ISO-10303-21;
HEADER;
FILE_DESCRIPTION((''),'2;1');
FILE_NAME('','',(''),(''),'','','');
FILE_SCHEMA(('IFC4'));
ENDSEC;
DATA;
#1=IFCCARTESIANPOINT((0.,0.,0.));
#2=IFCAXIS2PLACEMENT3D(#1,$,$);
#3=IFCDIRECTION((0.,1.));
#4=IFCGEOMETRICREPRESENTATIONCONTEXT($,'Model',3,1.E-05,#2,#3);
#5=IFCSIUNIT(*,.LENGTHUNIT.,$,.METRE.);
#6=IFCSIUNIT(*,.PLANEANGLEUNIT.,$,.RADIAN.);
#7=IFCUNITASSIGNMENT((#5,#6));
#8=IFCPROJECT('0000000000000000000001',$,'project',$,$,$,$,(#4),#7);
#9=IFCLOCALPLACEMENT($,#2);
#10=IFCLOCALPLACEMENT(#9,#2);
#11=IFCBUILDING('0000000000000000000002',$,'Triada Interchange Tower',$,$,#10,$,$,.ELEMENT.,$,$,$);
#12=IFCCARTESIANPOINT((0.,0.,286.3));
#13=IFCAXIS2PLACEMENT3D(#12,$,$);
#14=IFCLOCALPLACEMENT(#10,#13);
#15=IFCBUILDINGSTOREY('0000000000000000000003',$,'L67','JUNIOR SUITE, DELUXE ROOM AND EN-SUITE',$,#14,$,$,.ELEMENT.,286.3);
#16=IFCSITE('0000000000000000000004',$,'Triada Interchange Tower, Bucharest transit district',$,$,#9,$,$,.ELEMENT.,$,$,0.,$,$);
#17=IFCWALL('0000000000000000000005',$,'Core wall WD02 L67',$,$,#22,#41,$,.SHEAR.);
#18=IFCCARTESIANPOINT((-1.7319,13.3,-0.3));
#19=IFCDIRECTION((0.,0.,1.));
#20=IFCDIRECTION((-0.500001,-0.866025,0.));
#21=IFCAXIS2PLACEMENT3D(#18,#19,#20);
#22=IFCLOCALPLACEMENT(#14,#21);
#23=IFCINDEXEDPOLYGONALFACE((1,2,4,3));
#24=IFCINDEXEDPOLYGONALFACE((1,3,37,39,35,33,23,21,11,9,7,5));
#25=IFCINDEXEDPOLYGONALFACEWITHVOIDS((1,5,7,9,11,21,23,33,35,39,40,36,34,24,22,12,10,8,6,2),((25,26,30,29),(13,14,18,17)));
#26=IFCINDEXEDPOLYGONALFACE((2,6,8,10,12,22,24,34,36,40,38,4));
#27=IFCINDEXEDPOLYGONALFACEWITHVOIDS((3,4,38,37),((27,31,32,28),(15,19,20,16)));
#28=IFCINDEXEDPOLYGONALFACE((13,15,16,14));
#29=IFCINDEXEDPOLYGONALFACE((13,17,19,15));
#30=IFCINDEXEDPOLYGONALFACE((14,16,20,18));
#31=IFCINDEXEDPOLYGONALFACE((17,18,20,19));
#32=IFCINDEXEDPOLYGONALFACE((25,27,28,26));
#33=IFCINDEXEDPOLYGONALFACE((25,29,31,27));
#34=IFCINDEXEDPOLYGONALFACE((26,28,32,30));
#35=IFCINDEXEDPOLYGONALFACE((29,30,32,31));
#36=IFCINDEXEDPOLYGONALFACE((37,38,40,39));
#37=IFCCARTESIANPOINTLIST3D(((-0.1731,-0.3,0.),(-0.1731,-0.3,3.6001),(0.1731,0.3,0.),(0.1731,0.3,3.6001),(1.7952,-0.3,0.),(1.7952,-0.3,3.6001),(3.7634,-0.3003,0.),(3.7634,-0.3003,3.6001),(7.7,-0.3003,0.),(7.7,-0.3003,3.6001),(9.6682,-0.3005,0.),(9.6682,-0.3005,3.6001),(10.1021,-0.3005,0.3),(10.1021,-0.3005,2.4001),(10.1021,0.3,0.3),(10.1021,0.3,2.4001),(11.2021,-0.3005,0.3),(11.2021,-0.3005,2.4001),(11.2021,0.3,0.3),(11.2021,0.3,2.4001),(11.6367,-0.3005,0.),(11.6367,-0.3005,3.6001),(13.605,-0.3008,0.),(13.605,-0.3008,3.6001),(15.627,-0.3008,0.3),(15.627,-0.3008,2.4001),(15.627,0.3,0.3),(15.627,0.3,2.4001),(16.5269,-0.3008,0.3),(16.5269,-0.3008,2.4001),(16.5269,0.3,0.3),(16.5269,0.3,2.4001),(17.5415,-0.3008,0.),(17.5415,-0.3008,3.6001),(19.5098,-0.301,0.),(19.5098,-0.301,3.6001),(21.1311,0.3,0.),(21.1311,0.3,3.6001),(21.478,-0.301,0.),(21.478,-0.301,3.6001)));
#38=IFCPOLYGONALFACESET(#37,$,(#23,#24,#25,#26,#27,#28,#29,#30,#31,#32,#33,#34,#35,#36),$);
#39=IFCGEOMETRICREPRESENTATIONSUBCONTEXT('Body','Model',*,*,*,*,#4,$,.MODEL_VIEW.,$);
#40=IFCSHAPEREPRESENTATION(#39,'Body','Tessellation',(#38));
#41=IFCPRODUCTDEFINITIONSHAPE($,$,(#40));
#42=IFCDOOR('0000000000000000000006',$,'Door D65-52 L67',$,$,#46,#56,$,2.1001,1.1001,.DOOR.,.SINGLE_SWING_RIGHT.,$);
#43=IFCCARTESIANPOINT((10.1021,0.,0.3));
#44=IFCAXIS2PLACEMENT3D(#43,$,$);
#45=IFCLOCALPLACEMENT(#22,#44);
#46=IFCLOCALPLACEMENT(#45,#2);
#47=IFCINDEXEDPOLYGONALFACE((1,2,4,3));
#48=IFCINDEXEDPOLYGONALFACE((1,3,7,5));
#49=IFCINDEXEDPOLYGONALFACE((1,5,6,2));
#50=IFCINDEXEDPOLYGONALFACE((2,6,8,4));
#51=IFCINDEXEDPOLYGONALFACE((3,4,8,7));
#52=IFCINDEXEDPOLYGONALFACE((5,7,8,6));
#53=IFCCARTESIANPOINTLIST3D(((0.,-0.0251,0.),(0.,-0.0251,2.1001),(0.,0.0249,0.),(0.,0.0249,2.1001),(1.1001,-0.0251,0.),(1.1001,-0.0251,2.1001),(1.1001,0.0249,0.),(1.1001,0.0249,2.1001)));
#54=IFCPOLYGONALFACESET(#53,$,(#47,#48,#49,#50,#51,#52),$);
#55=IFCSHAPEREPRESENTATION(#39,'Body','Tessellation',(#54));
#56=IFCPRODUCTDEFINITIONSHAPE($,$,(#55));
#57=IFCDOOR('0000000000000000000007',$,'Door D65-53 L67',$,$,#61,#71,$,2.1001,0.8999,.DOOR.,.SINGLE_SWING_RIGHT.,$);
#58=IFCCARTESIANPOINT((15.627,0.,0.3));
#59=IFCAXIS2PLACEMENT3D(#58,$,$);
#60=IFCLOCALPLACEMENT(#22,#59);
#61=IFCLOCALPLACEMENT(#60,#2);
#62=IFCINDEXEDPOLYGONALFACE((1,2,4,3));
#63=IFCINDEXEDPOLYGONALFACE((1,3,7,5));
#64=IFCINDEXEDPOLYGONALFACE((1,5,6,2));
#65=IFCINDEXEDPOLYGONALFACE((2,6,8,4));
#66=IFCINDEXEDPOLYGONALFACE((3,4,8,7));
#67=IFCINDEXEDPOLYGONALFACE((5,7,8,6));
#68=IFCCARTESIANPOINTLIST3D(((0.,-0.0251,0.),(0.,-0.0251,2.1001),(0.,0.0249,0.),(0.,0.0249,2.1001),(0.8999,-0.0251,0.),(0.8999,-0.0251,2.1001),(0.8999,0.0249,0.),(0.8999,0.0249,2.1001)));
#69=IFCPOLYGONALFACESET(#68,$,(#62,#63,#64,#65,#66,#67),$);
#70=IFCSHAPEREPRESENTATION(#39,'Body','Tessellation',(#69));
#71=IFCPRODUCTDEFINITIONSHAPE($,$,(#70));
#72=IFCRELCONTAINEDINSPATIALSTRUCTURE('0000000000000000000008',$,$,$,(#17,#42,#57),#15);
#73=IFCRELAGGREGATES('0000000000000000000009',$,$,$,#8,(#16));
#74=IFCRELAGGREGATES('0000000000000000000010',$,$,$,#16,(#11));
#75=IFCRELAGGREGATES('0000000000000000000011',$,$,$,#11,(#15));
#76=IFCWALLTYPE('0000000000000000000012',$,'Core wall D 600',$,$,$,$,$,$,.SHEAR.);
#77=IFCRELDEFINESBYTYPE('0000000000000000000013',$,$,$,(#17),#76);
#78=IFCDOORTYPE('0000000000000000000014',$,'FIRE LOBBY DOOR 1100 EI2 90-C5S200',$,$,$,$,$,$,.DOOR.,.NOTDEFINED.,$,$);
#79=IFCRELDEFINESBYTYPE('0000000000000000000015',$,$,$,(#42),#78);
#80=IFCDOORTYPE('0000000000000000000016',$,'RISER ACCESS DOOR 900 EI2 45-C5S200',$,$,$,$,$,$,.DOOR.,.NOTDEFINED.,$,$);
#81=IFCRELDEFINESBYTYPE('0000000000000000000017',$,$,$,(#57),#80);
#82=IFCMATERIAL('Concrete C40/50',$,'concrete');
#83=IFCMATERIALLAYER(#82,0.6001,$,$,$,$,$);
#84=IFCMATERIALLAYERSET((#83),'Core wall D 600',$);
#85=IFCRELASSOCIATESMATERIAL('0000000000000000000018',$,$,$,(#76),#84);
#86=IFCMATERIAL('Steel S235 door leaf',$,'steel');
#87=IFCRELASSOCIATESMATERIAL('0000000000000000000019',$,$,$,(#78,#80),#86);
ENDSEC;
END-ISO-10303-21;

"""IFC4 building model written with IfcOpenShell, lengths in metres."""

from ifc_helpers import new_model, si_unit, direction, frame, frame_2d, origin, place, context, subcontext, project, spatial, polyline, rectangle, outline, extrude, material, layer, layer_set, type_object, element, fill, save


model = new_model("IFC4")

# Units and contexts
model_context = context("Model", 3, precision=1e-05, world=origin(), true_north=direction((0.0, 1.0)))
body_context = subcontext(model_context, "Body", "Model", "MODEL_VIEW")
ifc_project = project(units=[si_unit("LENGTHUNIT", "METRE"), si_unit("PLANEANGLEUNIT", "RADIAN")], contexts=[model_context])

# Site, building, storey
site_placement = place(None, origin())
site = spatial("IfcSite", under=ifc_project, at=site_placement, Name="Triada Interchange Tower, Bucharest transit district", CompositionType="ELEMENT", RefElevation=0.0)
building_placement = place(site_placement, origin())
building = spatial("IfcBuilding", under=site, at=building_placement, Name="Triada Interchange Tower", CompositionType="ELEMENT")
storey_placement = place(building_placement, frame((0.0, 0.0, 286.3)))
storey = spatial("IfcBuildingStorey", under=building, at=storey_placement, Name="L67", Description="JUNIOR SUITE, DELUXE ROOM AND EN-SUITE", CompositionType="ELEMENT", Elevation=286.3)

# Shared definitions
ifc_material_1 = material(Name="Concrete C40/50", Category="concrete")

# Wall, openings, doors
ifc_layer_1 = layer(ifc_material_1, 0.6001)
ifc_layer_set_1 = layer_set([ifc_layer_1], Name="Core wall D 600")
wall_type_1 = type_object("IfcWallType", Name="Core wall D 600", PredefinedType="SHEAR", material=ifc_layer_set_1)
wall_1_placement = place(storey_placement, frame((-1.7319, 13.3, -0.3), z_axis=(0.0, 0.0, 1.0), x_axis=(-0.500001, -0.866025, 0.0)))
wall_1 = element("IfcWall", 1, at=wall_1_placement, inside=storey, type_object=wall_type_1, Name="Core wall WD02 L67", PredefinedType="SHEAR", context=body_context, shape_type="SweptSolid", body=[
    extrude(outline(polyline([(-0.1731, -0.3), (1.7952, -0.3), (3.7634, -0.3003), (5.7317, -0.3003), (7.7, -0.3003), (9.6682, -0.3005), (11.6367, -0.3005), (13.605, -0.3008), (15.5732, -0.3008), (17.5415, -0.3008), (19.5098, -0.301), (21.478, -0.301), (21.1311, 0.3), (19.2258, 0.3), (17.3206, 0.3), (15.4153, 0.3), (13.51, 0.3), (11.6047, 0.3), (9.6995, 0.3), (7.7942, 0.3), (5.8889, 0.3), (3.9836, 0.3), (2.0784, 0.3), (0.1731, 0.3), (-0.1731, -0.3)])), origin(), (0.0, 0.0, 1.0), 3.6001),
])
opening_1_placement = place(wall_1_placement, frame((10.1021, 0.0, 0.3)))
opening_1 = element("IfcOpeningElement", 2, at=opening_1_placement, cuts=wall_1, PredefinedType="OPENING", context=body_context, shape_type="SweptSolid", body=[
    extrude(rectangle(XDim=1.1001, YDim=2.1001, at=frame_2d((0.55, 1.05))), frame((0.0, 0.3101, 0.0), z_axis=(0.0, -1.0, 0.0), x_axis=(1.0, 0.0, 0.0)), (0.0, 0.0, 1.0), 0.6211),
])
opening_2_placement = place(wall_1_placement, frame((15.627, 0.0, 0.3)))
opening_2 = element("IfcOpeningElement", 3, at=opening_2_placement, cuts=wall_1, PredefinedType="OPENING", context=body_context, shape_type="SweptSolid", body=[
    extrude(rectangle(XDim=0.8999, YDim=2.1001, at=frame_2d((0.45, 1.05))), frame((0.0, 0.3101, 0.0), z_axis=(0.0, -1.0, 0.0), x_axis=(1.0, 0.0, 0.0)), (0.0, 0.0, 1.0), 0.6211),
])
ifc_material_2 = material(Name="Steel S235 door leaf", Category="steel")
door_type_1 = type_object("IfcDoorType", Name="FIRE LOBBY DOOR 1100 EI2 90-C5S200", OperationType="NOTDEFINED", PredefinedType="DOOR", material=ifc_material_2)
door_1_placement = place(opening_1_placement, origin())
door_1 = element("IfcDoor", 4, at=door_1_placement, inside=storey, type_object=door_type_1, Name="Door D65-52 L67", OperationType="SINGLE_SWING_RIGHT", OverallHeight=2.1001, OverallWidth=1.1001, PredefinedType="DOOR", context=body_context, shape_type="SweptSolid", body=[
    extrude(rectangle(XDim=1.1001, YDim=2.1001, at=frame_2d((0.55, 1.05))), frame((0.0, 0.0249, 0.0), z_axis=(0.0, -1.0, 0.0), x_axis=(1.0, 0.0, 0.0)), (0.0, 0.0, 1.0), 0.05),
])
fill(opening_1, door_1)
door_type_2 = type_object("IfcDoorType", Name="RISER ACCESS DOOR 900 EI2 45-C5S200", OperationType="NOTDEFINED", PredefinedType="DOOR", material=ifc_material_2)
door_2_placement = place(opening_2_placement, origin())
door_2 = element("IfcDoor", 5, at=door_2_placement, inside=storey, type_object=door_type_2, Name="Door D65-53 L67", OperationType="SINGLE_SWING_RIGHT", OverallHeight=2.1001, OverallWidth=0.8999, PredefinedType="DOOR", context=body_context, shape_type="SweptSolid", body=[
    extrude(rectangle(XDim=0.8999, YDim=2.1001, at=frame_2d((0.45, 1.05))), frame((0.0, 0.0249, 0.0), z_axis=(0.0, -1.0, 0.0), x_axis=(1.0, 0.0, 0.0)), (0.0, 0.0, 1.0), 0.05),
])
fill(opening_2, door_2)

save(model, "model.ifc")
